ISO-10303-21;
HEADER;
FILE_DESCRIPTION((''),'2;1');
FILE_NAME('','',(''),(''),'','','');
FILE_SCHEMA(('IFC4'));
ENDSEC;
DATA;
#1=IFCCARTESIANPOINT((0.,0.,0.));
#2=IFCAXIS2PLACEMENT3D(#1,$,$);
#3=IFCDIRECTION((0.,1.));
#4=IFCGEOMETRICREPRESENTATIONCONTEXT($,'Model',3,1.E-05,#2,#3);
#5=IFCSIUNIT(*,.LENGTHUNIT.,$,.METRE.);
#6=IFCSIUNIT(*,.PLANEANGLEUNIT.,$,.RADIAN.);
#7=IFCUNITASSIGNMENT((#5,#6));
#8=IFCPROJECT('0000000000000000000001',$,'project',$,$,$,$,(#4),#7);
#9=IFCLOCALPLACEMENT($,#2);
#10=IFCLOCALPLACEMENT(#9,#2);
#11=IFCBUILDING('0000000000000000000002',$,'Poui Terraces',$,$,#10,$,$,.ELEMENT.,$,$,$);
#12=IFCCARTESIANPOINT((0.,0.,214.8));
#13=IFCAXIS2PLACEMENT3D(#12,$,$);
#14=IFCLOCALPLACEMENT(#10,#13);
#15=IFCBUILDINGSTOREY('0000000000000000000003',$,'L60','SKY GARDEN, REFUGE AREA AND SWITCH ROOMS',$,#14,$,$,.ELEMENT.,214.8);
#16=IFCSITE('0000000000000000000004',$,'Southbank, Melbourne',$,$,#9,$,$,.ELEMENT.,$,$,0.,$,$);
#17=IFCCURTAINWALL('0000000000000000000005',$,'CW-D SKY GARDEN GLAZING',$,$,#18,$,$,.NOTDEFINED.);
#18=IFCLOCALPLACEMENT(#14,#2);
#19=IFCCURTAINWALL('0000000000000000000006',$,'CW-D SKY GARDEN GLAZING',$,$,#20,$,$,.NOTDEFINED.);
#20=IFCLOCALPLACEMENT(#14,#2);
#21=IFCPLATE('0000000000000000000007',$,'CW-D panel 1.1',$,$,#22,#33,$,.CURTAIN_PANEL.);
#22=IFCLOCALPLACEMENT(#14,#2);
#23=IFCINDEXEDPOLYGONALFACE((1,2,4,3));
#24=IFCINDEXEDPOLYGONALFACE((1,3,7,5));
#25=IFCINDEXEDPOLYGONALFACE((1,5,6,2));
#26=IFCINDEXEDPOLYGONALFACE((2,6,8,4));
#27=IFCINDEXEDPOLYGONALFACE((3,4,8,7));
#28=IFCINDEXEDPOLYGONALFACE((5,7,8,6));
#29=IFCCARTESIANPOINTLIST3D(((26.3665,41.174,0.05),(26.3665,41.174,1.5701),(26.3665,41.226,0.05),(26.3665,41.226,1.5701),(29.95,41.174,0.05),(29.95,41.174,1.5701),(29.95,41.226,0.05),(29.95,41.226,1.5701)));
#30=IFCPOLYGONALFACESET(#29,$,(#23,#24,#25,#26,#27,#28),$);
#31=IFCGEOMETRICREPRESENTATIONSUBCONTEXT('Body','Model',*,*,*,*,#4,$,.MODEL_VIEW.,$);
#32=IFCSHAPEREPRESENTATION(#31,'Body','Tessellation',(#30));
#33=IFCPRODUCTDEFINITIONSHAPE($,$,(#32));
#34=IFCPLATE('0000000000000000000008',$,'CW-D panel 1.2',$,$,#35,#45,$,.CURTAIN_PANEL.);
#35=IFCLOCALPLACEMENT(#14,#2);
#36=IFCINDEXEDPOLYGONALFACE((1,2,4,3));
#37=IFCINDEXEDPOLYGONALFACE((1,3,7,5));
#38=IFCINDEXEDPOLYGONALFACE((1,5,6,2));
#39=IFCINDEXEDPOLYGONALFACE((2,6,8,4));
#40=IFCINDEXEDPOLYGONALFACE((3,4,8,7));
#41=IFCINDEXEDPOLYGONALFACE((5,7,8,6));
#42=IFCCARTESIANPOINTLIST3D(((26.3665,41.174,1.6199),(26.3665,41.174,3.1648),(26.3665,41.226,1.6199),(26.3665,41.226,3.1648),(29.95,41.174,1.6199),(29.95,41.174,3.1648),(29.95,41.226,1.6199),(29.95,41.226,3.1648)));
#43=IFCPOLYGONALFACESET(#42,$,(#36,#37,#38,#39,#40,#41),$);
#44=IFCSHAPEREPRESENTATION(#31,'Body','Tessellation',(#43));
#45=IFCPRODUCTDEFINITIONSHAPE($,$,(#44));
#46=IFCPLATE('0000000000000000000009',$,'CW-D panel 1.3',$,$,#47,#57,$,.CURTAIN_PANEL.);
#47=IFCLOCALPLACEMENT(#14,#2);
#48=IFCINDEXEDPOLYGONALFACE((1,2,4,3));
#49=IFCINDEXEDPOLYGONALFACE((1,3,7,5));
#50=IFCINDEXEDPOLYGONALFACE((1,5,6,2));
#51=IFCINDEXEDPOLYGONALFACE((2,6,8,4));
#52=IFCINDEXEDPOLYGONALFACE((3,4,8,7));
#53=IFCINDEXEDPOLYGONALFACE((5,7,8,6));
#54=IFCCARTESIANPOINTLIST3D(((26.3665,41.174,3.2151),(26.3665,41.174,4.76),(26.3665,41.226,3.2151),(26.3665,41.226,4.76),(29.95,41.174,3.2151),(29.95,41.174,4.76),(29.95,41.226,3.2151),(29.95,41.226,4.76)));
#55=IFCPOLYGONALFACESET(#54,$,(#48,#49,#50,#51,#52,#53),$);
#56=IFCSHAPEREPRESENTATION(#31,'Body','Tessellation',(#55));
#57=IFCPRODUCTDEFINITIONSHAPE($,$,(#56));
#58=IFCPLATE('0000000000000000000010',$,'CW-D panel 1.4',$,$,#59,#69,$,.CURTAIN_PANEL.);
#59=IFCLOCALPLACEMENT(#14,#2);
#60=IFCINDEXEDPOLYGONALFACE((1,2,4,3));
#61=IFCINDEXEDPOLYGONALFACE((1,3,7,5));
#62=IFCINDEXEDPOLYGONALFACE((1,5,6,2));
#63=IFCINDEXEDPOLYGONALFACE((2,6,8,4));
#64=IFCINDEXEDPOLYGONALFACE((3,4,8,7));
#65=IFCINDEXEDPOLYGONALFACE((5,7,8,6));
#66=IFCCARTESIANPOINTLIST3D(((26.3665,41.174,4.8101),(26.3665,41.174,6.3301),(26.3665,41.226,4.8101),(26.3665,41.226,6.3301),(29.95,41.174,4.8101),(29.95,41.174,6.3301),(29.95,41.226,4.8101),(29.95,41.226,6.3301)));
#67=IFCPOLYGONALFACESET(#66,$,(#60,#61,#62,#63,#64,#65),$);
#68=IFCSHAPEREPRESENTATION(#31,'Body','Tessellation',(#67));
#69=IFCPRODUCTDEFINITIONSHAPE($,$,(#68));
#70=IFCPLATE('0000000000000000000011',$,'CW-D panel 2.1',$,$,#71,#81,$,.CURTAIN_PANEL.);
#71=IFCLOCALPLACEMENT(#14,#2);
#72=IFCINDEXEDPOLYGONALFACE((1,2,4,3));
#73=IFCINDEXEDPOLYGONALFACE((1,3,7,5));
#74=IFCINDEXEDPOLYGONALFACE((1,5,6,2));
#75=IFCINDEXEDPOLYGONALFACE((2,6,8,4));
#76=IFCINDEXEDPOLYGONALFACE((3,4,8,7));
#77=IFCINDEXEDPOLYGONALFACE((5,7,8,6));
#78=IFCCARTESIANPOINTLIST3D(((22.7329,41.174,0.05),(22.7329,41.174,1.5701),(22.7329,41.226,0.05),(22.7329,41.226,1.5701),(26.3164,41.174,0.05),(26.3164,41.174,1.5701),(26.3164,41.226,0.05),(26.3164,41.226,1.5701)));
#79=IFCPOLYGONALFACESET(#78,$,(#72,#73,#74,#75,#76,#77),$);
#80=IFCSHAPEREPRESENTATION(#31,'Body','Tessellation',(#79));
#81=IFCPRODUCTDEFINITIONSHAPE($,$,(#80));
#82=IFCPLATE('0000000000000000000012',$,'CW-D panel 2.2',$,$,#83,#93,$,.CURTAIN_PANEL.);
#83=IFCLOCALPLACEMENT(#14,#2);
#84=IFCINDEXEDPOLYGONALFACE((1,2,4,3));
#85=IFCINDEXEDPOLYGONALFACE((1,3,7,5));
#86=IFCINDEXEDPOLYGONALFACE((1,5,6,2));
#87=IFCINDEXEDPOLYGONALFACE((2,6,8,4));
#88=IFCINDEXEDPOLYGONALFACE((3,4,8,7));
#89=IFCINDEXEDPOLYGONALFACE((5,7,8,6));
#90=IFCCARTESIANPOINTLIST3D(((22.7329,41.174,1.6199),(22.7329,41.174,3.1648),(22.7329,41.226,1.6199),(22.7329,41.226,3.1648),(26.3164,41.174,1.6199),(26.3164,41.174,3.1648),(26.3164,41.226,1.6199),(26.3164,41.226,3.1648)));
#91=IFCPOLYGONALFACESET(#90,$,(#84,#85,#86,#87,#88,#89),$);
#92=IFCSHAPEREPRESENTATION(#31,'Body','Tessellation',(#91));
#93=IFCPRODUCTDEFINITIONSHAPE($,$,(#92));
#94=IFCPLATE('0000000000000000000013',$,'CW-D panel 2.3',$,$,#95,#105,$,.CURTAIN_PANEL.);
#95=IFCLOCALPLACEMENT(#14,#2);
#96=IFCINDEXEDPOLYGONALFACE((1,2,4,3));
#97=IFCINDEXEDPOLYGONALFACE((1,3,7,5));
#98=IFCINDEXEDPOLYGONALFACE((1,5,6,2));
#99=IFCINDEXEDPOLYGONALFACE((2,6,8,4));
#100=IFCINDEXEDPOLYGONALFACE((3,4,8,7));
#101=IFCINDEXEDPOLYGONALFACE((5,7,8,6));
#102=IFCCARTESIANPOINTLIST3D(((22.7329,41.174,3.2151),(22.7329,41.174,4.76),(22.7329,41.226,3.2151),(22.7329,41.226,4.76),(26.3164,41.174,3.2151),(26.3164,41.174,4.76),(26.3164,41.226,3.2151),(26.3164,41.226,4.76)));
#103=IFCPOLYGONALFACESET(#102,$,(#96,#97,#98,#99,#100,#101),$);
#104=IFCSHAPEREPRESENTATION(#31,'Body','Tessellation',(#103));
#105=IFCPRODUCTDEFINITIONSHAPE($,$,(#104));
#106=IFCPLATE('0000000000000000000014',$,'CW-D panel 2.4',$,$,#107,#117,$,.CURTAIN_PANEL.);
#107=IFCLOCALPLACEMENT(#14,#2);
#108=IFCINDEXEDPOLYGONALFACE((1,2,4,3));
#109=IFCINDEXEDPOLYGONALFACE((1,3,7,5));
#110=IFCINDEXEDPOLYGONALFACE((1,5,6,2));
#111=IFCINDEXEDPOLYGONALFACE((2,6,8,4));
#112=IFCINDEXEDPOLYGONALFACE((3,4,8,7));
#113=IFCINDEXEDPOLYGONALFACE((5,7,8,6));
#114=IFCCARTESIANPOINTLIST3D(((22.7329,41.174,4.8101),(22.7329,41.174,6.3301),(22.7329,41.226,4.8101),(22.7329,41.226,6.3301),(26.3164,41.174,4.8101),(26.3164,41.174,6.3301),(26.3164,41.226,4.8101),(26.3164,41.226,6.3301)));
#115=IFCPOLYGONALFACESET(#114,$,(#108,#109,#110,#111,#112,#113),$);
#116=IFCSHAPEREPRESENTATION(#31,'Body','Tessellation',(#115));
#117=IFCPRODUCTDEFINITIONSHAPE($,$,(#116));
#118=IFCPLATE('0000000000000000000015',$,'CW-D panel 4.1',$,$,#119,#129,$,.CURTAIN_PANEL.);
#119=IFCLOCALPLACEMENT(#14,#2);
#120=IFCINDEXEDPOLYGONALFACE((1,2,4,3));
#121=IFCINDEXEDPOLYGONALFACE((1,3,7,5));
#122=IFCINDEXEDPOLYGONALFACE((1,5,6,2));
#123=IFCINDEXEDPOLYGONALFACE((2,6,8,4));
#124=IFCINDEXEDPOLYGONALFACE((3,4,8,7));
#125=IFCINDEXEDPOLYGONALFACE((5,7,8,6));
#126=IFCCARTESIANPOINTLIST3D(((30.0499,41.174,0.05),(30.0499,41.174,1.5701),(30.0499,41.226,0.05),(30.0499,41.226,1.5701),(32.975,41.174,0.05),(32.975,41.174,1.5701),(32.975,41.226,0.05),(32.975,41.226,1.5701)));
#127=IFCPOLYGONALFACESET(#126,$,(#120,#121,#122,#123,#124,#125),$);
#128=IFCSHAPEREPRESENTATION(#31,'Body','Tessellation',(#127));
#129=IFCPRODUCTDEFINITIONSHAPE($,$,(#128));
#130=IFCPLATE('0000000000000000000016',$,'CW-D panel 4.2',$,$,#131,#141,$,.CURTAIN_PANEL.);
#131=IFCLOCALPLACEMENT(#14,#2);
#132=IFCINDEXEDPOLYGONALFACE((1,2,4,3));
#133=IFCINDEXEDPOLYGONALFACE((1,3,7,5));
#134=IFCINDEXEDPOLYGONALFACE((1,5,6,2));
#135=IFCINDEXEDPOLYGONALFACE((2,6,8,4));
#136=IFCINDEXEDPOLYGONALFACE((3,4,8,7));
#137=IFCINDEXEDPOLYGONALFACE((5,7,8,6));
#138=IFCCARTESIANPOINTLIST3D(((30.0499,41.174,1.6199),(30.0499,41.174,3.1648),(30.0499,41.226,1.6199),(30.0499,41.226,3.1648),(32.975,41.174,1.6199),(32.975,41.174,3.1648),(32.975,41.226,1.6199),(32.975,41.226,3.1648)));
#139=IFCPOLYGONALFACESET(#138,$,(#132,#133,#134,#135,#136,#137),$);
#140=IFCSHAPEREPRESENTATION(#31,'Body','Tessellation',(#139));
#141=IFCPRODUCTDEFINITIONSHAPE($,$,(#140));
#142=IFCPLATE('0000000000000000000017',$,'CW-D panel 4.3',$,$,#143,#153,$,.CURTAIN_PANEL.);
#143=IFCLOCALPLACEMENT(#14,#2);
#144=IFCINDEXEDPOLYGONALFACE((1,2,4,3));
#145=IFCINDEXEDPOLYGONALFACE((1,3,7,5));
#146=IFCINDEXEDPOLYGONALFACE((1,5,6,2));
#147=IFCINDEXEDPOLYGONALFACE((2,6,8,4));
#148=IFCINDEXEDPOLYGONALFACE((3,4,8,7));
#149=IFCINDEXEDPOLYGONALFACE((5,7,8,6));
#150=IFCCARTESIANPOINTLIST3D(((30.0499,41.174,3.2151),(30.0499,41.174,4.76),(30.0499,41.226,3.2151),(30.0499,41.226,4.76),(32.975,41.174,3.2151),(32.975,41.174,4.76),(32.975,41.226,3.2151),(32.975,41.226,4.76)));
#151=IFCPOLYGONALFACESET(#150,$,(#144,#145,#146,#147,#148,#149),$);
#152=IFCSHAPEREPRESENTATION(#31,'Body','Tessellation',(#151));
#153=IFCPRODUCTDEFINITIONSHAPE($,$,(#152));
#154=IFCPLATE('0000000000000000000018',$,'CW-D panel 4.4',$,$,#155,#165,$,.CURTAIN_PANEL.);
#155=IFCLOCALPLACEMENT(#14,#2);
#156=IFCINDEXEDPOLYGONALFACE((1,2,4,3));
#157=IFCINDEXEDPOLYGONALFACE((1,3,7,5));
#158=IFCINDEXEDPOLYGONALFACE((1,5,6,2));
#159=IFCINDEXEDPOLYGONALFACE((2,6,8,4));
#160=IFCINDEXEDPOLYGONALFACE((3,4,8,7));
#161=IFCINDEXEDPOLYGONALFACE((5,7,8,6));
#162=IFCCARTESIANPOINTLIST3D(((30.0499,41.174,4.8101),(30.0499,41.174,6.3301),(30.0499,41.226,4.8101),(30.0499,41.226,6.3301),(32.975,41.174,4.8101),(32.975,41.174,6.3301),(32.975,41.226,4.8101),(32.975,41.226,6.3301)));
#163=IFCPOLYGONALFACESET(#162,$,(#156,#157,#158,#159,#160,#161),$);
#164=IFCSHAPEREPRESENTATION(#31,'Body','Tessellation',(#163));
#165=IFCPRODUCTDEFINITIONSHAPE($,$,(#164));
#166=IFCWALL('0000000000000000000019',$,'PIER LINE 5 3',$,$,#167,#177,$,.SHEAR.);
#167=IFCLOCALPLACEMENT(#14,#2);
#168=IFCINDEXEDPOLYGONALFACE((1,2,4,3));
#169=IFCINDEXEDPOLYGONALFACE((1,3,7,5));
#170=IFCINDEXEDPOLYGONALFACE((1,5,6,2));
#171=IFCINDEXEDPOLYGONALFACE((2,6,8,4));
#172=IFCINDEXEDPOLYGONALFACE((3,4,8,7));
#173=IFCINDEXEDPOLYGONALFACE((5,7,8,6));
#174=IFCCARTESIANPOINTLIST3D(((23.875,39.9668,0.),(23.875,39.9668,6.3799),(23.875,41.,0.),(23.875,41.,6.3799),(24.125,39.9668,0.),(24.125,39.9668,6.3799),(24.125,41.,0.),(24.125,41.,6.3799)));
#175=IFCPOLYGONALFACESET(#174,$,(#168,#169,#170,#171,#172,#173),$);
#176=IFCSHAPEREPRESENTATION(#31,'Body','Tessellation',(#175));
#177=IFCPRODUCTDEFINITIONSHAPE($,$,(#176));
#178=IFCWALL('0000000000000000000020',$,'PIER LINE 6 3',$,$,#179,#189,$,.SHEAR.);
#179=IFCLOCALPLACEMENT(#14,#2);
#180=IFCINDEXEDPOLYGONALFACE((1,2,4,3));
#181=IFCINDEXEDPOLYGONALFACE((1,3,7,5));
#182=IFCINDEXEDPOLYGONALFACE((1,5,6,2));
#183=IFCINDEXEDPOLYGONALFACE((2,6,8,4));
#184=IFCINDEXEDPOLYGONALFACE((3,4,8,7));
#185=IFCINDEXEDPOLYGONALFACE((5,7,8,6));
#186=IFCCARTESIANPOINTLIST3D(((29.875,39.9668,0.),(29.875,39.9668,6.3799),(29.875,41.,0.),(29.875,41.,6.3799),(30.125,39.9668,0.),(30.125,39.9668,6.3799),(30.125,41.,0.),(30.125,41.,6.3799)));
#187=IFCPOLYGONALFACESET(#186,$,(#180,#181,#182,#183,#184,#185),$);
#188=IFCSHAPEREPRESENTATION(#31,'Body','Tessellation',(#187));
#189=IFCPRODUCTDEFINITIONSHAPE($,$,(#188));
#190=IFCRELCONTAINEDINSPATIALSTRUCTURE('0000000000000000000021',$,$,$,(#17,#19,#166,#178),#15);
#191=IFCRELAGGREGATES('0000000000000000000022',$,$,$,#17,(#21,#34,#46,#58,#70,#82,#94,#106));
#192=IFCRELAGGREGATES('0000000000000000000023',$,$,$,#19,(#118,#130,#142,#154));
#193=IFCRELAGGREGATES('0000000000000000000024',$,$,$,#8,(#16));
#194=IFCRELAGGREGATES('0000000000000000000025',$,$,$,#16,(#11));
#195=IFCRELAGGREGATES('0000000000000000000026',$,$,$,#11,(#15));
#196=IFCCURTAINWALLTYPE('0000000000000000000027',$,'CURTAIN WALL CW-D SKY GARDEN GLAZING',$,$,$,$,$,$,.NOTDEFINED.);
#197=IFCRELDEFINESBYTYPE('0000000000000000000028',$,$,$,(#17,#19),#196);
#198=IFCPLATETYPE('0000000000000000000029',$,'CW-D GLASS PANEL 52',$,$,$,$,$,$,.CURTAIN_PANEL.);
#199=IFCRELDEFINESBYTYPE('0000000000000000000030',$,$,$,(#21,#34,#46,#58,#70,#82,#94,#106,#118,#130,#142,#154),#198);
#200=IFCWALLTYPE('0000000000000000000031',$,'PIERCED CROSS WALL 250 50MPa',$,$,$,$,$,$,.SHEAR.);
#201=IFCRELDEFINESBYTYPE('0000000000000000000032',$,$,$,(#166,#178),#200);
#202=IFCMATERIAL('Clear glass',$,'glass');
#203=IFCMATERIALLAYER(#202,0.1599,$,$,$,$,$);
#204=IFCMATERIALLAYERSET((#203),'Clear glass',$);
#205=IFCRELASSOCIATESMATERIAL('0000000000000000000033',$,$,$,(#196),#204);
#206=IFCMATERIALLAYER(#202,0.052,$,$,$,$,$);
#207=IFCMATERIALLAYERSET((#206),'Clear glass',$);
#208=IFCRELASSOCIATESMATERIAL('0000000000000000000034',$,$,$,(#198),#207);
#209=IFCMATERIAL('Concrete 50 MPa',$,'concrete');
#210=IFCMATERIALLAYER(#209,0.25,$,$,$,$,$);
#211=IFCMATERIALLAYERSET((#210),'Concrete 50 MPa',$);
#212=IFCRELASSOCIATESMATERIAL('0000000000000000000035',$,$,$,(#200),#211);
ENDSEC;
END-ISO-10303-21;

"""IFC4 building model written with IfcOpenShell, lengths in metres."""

from ifc_helpers import new_model, si_unit, direction, frame, frame_2d, origin, origin_2d, place, context, subcontext, project, spatial, rectangle, extrude, material, layer, layer_set, type_object, element, aggregate, save


model = new_model("IFC4")

# Units and contexts
model_context = context("Model", 3, precision=1e-05, world=origin(), true_north=direction((0.0, 1.0)))
body_context = subcontext(model_context, "Body", "Model", "MODEL_VIEW")
ifc_project = project(units=[si_unit("LENGTHUNIT", "METRE"), si_unit("PLANEANGLEUNIT", "RADIAN")], contexts=[model_context])

# Site, building, storey
site_placement = place(None, origin())
site = spatial("IfcSite", under=ifc_project, at=site_placement, Name="Southbank, Melbourne", CompositionType="ELEMENT", RefElevation=0.0)
building_placement = place(site_placement, origin())
building = spatial("IfcBuilding", under=site, at=building_placement, Name="Poui Terraces", CompositionType="ELEMENT")
storey_placement = place(building_placement, frame((0.0, 0.0, 214.8)))
storey = spatial("IfcBuildingStorey", under=building, at=storey_placement, Name="L60", Description="SKY GARDEN, REFUGE AREA AND SWITCH ROOMS", CompositionType="ELEMENT", Elevation=214.8)

# Curtain wall
ifc_material_1 = material(Name="Clear glass", Category="glass")
ifc_layer_1 = layer(ifc_material_1, 0.1599)
ifc_layer_set_1 = layer_set([ifc_layer_1], Name="Clear glass")
curtain_wall_type = type_object("IfcCurtainWallType", Name="CURTAIN WALL CW-D SKY GARDEN GLAZING", PredefinedType="NOTDEFINED", material=ifc_layer_set_1)
curtain_wall_1_placement = place(storey_placement, origin())
curtain_wall_1 = element("IfcCurtainWall", 1, at=curtain_wall_1_placement, inside=storey, type_object=curtain_wall_type, Name="CW-D SKY GARDEN GLAZING", PredefinedType="NOTDEFINED")

# Curtain wall
curtain_wall_2_placement = place(storey_placement, origin())
curtain_wall_2 = element("IfcCurtainWall", 2, at=curtain_wall_2_placement, inside=storey, type_object=curtain_wall_type, Name="CW-D SKY GARDEN GLAZING", PredefinedType="NOTDEFINED")

# Plates
ifc_layer_2 = layer(ifc_material_1, 0.052)
ifc_layer_set_2 = layer_set([ifc_layer_2], Name="Clear glass")
plate_type = type_object("IfcPlateType", Name="CW-D GLASS PANEL 52", PredefinedType="CURTAIN_PANEL", material=ifc_layer_set_2)
plate_1_placement = place(storey_placement, frame((28.1582, 41.2, 0.05), z_axis=(0.0, 0.0, 1.0), x_axis=(-1.0, 0.0, 0.0)))
plate_1 = element("IfcPlate", 3, at=plate_1_placement, type_object=plate_type, Name="CW-D panel 1.1", PredefinedType="CURTAIN_PANEL", context=body_context, shape_type="SweptSolid", body=[
    extrude(rectangle(XDim=3.5835, YDim=0.052, at=origin_2d()), origin(), (0.0, 0.0, 1.0), 1.52),
])
plate_2_placement = place(storey_placement, frame((28.1582, 41.2, 1.6199), z_axis=(0.0, 0.0, 1.0), x_axis=(-1.0, 0.0, 0.0)))
plate_2 = element("IfcPlate", 4, at=plate_2_placement, type_object=plate_type, Name="CW-D panel 1.2", PredefinedType="CURTAIN_PANEL", context=body_context, shape_type="SweptSolid", body=[
    extrude(rectangle(XDim=3.5835, YDim=0.052, at=origin_2d()), origin(), (0.0, 0.0, 1.0), 1.5449),
])
plate_3_placement = place(storey_placement, frame((28.1582, 41.2, 3.2151), z_axis=(0.0, 0.0, 1.0), x_axis=(-1.0, 0.0, 0.0)))
plate_3 = element("IfcPlate", 5, at=plate_3_placement, type_object=plate_type, Name="CW-D panel 1.3", PredefinedType="CURTAIN_PANEL", context=body_context, shape_type="SweptSolid", body=[
    extrude(rectangle(XDim=3.5835, YDim=0.052, at=origin_2d()), origin(), (0.0, 0.0, 1.0), 1.5449),
])
plate_4_placement = place(storey_placement, frame((28.1582, 41.2, 4.8101), z_axis=(0.0, 0.0, 1.0), x_axis=(-1.0, 0.0, 0.0)))
plate_4 = element("IfcPlate", 6, at=plate_4_placement, type_object=plate_type, Name="CW-D panel 1.4", PredefinedType="CURTAIN_PANEL", context=body_context, shape_type="SweptSolid", body=[
    extrude(rectangle(XDim=3.5835, YDim=0.052, at=origin_2d()), origin(), (0.0, 0.0, 1.0), 1.52),
])
plate_5_placement = place(storey_placement, frame((24.5247, 41.2, 0.05), z_axis=(0.0, 0.0, 1.0), x_axis=(-1.0, 0.0, 0.0)))
plate_5 = element("IfcPlate", 7, at=plate_5_placement, type_object=plate_type, Name="CW-D panel 2.1", PredefinedType="CURTAIN_PANEL", context=body_context, shape_type="SweptSolid", body=[
    extrude(rectangle(XDim=3.5835, YDim=0.052, at=origin_2d()), origin(), (0.0, 0.0, 1.0), 1.52),
])
plate_6_placement = place(storey_placement, frame((24.5247, 41.2, 1.6199), z_axis=(0.0, 0.0, 1.0), x_axis=(-1.0, 0.0, 0.0)))
plate_6 = element("IfcPlate", 8, at=plate_6_placement, type_object=plate_type, Name="CW-D panel 2.2", PredefinedType="CURTAIN_PANEL", context=body_context, shape_type="SweptSolid", body=[
    extrude(rectangle(XDim=3.5835, YDim=0.052, at=origin_2d()), origin(), (0.0, 0.0, 1.0), 1.5449),
])
plate_7_placement = place(storey_placement, frame((24.5247, 41.2, 3.2151), z_axis=(0.0, 0.0, 1.0), x_axis=(-1.0, 0.0, 0.0)))
plate_7 = element("IfcPlate", 9, at=plate_7_placement, type_object=plate_type, Name="CW-D panel 2.3", PredefinedType="CURTAIN_PANEL", context=body_context, shape_type="SweptSolid", body=[
    extrude(rectangle(XDim=3.5835, YDim=0.052, at=origin_2d()), origin(), (0.0, 0.0, 1.0), 1.5449),
])
plate_8_placement = place(storey_placement, frame((24.5247, 41.2, 4.8101), z_axis=(0.0, 0.0, 1.0), x_axis=(-1.0, 0.0, 0.0)))
plate_8 = element("IfcPlate", 10, at=plate_8_placement, type_object=plate_type, Name="CW-D panel 2.4", PredefinedType="CURTAIN_PANEL", context=body_context, shape_type="SweptSolid", body=[
    extrude(rectangle(XDim=3.5835, YDim=0.052, at=origin_2d()), origin(), (0.0, 0.0, 1.0), 1.52),
])
aggregate(curtain_wall_1, [plate_1, plate_2, plate_3, plate_4, plate_5, plate_6, plate_7, plate_8])
plate_9_placement = place(storey_placement, frame((31.5125, 41.2, 0.05), z_axis=(0.0, 0.0, 1.0), x_axis=(-1.0, 0.0, 0.0)))
plate_9 = element("IfcPlate", 11, at=plate_9_placement, type_object=plate_type, Name="CW-D panel 4.1", PredefinedType="CURTAIN_PANEL", context=body_context, shape_type="SweptSolid", body=[
    extrude(rectangle(XDim=2.925, YDim=0.052, at=origin_2d()), origin(), (0.0, 0.0, 1.0), 1.52),
])
plate_10_placement = place(storey_placement, frame((31.5125, 41.2, 1.6199), z_axis=(0.0, 0.0, 1.0), x_axis=(-1.0, 0.0, 0.0)))
plate_10 = element("IfcPlate", 12, at=plate_10_placement, type_object=plate_type, Name="CW-D panel 4.2", PredefinedType="CURTAIN_PANEL", context=body_context, shape_type="SweptSolid", body=[
    extrude(rectangle(XDim=2.925, YDim=0.052, at=origin_2d()), origin(), (0.0, 0.0, 1.0), 1.5449),
])
plate_11_placement = place(storey_placement, frame((31.5125, 41.2, 3.2151), z_axis=(0.0, 0.0, 1.0), x_axis=(-1.0, 0.0, 0.0)))
plate_11 = element("IfcPlate", 13, at=plate_11_placement, type_object=plate_type, Name="CW-D panel 4.3", PredefinedType="CURTAIN_PANEL", context=body_context, shape_type="SweptSolid", body=[
    extrude(rectangle(XDim=2.925, YDim=0.052, at=origin_2d()), origin(), (0.0, 0.0, 1.0), 1.5449),
])
plate_12_placement = place(storey_placement, frame((31.5125, 41.2, 4.8101), z_axis=(0.0, 0.0, 1.0), x_axis=(-1.0, 0.0, 0.0)))
plate_12 = element("IfcPlate", 14, at=plate_12_placement, type_object=plate_type, Name="CW-D panel 4.4", PredefinedType="CURTAIN_PANEL", context=body_context, shape_type="SweptSolid", body=[
    extrude(rectangle(XDim=2.925, YDim=0.052, at=origin_2d()), origin(), (0.0, 0.0, 1.0), 1.52),
])
aggregate(curtain_wall_2, [plate_9, plate_10, plate_11, plate_12])

# Walls
ifc_material_2 = material(Name="Concrete 50 MPa", Category="concrete")
ifc_layer_3 = layer(ifc_material_2, 0.25)
ifc_layer_set_3 = layer_set([ifc_layer_3], Name="Concrete 50 MPa")
wall_type = type_object("IfcWallType", Name="PIERCED CROSS WALL 250 50MPa", PredefinedType="SHEAR", material=ifc_layer_set_3)
for number, where, z_axis, x_axis, name in (
    (15, (24.0, 39.9668, 0.0), (0.0, 0.0, 1.0), (0.0, 1.0, 0.0), "PIER LINE 5 3"),
    (16, (30.0, 39.9668, 0.0), (0.0, 0.0, 1.0), (0.0, 1.0, 0.0), "PIER LINE 6 3"),
):
    element("IfcWall", number, at=place(storey_placement, frame(where, z_axis=z_axis, x_axis=x_axis)), inside=storey, type_object=wall_type, Name=name, PredefinedType="SHEAR", context=body_context, shape_type="SweptSolid", body=[
        extrude(rectangle(XDim=1.0332, YDim=0.25, at=frame_2d((0.5166, 0.0))), origin(), (0.0, 0.0, 1.0), 6.3799),
    ])

save(model, "model.ifc")
